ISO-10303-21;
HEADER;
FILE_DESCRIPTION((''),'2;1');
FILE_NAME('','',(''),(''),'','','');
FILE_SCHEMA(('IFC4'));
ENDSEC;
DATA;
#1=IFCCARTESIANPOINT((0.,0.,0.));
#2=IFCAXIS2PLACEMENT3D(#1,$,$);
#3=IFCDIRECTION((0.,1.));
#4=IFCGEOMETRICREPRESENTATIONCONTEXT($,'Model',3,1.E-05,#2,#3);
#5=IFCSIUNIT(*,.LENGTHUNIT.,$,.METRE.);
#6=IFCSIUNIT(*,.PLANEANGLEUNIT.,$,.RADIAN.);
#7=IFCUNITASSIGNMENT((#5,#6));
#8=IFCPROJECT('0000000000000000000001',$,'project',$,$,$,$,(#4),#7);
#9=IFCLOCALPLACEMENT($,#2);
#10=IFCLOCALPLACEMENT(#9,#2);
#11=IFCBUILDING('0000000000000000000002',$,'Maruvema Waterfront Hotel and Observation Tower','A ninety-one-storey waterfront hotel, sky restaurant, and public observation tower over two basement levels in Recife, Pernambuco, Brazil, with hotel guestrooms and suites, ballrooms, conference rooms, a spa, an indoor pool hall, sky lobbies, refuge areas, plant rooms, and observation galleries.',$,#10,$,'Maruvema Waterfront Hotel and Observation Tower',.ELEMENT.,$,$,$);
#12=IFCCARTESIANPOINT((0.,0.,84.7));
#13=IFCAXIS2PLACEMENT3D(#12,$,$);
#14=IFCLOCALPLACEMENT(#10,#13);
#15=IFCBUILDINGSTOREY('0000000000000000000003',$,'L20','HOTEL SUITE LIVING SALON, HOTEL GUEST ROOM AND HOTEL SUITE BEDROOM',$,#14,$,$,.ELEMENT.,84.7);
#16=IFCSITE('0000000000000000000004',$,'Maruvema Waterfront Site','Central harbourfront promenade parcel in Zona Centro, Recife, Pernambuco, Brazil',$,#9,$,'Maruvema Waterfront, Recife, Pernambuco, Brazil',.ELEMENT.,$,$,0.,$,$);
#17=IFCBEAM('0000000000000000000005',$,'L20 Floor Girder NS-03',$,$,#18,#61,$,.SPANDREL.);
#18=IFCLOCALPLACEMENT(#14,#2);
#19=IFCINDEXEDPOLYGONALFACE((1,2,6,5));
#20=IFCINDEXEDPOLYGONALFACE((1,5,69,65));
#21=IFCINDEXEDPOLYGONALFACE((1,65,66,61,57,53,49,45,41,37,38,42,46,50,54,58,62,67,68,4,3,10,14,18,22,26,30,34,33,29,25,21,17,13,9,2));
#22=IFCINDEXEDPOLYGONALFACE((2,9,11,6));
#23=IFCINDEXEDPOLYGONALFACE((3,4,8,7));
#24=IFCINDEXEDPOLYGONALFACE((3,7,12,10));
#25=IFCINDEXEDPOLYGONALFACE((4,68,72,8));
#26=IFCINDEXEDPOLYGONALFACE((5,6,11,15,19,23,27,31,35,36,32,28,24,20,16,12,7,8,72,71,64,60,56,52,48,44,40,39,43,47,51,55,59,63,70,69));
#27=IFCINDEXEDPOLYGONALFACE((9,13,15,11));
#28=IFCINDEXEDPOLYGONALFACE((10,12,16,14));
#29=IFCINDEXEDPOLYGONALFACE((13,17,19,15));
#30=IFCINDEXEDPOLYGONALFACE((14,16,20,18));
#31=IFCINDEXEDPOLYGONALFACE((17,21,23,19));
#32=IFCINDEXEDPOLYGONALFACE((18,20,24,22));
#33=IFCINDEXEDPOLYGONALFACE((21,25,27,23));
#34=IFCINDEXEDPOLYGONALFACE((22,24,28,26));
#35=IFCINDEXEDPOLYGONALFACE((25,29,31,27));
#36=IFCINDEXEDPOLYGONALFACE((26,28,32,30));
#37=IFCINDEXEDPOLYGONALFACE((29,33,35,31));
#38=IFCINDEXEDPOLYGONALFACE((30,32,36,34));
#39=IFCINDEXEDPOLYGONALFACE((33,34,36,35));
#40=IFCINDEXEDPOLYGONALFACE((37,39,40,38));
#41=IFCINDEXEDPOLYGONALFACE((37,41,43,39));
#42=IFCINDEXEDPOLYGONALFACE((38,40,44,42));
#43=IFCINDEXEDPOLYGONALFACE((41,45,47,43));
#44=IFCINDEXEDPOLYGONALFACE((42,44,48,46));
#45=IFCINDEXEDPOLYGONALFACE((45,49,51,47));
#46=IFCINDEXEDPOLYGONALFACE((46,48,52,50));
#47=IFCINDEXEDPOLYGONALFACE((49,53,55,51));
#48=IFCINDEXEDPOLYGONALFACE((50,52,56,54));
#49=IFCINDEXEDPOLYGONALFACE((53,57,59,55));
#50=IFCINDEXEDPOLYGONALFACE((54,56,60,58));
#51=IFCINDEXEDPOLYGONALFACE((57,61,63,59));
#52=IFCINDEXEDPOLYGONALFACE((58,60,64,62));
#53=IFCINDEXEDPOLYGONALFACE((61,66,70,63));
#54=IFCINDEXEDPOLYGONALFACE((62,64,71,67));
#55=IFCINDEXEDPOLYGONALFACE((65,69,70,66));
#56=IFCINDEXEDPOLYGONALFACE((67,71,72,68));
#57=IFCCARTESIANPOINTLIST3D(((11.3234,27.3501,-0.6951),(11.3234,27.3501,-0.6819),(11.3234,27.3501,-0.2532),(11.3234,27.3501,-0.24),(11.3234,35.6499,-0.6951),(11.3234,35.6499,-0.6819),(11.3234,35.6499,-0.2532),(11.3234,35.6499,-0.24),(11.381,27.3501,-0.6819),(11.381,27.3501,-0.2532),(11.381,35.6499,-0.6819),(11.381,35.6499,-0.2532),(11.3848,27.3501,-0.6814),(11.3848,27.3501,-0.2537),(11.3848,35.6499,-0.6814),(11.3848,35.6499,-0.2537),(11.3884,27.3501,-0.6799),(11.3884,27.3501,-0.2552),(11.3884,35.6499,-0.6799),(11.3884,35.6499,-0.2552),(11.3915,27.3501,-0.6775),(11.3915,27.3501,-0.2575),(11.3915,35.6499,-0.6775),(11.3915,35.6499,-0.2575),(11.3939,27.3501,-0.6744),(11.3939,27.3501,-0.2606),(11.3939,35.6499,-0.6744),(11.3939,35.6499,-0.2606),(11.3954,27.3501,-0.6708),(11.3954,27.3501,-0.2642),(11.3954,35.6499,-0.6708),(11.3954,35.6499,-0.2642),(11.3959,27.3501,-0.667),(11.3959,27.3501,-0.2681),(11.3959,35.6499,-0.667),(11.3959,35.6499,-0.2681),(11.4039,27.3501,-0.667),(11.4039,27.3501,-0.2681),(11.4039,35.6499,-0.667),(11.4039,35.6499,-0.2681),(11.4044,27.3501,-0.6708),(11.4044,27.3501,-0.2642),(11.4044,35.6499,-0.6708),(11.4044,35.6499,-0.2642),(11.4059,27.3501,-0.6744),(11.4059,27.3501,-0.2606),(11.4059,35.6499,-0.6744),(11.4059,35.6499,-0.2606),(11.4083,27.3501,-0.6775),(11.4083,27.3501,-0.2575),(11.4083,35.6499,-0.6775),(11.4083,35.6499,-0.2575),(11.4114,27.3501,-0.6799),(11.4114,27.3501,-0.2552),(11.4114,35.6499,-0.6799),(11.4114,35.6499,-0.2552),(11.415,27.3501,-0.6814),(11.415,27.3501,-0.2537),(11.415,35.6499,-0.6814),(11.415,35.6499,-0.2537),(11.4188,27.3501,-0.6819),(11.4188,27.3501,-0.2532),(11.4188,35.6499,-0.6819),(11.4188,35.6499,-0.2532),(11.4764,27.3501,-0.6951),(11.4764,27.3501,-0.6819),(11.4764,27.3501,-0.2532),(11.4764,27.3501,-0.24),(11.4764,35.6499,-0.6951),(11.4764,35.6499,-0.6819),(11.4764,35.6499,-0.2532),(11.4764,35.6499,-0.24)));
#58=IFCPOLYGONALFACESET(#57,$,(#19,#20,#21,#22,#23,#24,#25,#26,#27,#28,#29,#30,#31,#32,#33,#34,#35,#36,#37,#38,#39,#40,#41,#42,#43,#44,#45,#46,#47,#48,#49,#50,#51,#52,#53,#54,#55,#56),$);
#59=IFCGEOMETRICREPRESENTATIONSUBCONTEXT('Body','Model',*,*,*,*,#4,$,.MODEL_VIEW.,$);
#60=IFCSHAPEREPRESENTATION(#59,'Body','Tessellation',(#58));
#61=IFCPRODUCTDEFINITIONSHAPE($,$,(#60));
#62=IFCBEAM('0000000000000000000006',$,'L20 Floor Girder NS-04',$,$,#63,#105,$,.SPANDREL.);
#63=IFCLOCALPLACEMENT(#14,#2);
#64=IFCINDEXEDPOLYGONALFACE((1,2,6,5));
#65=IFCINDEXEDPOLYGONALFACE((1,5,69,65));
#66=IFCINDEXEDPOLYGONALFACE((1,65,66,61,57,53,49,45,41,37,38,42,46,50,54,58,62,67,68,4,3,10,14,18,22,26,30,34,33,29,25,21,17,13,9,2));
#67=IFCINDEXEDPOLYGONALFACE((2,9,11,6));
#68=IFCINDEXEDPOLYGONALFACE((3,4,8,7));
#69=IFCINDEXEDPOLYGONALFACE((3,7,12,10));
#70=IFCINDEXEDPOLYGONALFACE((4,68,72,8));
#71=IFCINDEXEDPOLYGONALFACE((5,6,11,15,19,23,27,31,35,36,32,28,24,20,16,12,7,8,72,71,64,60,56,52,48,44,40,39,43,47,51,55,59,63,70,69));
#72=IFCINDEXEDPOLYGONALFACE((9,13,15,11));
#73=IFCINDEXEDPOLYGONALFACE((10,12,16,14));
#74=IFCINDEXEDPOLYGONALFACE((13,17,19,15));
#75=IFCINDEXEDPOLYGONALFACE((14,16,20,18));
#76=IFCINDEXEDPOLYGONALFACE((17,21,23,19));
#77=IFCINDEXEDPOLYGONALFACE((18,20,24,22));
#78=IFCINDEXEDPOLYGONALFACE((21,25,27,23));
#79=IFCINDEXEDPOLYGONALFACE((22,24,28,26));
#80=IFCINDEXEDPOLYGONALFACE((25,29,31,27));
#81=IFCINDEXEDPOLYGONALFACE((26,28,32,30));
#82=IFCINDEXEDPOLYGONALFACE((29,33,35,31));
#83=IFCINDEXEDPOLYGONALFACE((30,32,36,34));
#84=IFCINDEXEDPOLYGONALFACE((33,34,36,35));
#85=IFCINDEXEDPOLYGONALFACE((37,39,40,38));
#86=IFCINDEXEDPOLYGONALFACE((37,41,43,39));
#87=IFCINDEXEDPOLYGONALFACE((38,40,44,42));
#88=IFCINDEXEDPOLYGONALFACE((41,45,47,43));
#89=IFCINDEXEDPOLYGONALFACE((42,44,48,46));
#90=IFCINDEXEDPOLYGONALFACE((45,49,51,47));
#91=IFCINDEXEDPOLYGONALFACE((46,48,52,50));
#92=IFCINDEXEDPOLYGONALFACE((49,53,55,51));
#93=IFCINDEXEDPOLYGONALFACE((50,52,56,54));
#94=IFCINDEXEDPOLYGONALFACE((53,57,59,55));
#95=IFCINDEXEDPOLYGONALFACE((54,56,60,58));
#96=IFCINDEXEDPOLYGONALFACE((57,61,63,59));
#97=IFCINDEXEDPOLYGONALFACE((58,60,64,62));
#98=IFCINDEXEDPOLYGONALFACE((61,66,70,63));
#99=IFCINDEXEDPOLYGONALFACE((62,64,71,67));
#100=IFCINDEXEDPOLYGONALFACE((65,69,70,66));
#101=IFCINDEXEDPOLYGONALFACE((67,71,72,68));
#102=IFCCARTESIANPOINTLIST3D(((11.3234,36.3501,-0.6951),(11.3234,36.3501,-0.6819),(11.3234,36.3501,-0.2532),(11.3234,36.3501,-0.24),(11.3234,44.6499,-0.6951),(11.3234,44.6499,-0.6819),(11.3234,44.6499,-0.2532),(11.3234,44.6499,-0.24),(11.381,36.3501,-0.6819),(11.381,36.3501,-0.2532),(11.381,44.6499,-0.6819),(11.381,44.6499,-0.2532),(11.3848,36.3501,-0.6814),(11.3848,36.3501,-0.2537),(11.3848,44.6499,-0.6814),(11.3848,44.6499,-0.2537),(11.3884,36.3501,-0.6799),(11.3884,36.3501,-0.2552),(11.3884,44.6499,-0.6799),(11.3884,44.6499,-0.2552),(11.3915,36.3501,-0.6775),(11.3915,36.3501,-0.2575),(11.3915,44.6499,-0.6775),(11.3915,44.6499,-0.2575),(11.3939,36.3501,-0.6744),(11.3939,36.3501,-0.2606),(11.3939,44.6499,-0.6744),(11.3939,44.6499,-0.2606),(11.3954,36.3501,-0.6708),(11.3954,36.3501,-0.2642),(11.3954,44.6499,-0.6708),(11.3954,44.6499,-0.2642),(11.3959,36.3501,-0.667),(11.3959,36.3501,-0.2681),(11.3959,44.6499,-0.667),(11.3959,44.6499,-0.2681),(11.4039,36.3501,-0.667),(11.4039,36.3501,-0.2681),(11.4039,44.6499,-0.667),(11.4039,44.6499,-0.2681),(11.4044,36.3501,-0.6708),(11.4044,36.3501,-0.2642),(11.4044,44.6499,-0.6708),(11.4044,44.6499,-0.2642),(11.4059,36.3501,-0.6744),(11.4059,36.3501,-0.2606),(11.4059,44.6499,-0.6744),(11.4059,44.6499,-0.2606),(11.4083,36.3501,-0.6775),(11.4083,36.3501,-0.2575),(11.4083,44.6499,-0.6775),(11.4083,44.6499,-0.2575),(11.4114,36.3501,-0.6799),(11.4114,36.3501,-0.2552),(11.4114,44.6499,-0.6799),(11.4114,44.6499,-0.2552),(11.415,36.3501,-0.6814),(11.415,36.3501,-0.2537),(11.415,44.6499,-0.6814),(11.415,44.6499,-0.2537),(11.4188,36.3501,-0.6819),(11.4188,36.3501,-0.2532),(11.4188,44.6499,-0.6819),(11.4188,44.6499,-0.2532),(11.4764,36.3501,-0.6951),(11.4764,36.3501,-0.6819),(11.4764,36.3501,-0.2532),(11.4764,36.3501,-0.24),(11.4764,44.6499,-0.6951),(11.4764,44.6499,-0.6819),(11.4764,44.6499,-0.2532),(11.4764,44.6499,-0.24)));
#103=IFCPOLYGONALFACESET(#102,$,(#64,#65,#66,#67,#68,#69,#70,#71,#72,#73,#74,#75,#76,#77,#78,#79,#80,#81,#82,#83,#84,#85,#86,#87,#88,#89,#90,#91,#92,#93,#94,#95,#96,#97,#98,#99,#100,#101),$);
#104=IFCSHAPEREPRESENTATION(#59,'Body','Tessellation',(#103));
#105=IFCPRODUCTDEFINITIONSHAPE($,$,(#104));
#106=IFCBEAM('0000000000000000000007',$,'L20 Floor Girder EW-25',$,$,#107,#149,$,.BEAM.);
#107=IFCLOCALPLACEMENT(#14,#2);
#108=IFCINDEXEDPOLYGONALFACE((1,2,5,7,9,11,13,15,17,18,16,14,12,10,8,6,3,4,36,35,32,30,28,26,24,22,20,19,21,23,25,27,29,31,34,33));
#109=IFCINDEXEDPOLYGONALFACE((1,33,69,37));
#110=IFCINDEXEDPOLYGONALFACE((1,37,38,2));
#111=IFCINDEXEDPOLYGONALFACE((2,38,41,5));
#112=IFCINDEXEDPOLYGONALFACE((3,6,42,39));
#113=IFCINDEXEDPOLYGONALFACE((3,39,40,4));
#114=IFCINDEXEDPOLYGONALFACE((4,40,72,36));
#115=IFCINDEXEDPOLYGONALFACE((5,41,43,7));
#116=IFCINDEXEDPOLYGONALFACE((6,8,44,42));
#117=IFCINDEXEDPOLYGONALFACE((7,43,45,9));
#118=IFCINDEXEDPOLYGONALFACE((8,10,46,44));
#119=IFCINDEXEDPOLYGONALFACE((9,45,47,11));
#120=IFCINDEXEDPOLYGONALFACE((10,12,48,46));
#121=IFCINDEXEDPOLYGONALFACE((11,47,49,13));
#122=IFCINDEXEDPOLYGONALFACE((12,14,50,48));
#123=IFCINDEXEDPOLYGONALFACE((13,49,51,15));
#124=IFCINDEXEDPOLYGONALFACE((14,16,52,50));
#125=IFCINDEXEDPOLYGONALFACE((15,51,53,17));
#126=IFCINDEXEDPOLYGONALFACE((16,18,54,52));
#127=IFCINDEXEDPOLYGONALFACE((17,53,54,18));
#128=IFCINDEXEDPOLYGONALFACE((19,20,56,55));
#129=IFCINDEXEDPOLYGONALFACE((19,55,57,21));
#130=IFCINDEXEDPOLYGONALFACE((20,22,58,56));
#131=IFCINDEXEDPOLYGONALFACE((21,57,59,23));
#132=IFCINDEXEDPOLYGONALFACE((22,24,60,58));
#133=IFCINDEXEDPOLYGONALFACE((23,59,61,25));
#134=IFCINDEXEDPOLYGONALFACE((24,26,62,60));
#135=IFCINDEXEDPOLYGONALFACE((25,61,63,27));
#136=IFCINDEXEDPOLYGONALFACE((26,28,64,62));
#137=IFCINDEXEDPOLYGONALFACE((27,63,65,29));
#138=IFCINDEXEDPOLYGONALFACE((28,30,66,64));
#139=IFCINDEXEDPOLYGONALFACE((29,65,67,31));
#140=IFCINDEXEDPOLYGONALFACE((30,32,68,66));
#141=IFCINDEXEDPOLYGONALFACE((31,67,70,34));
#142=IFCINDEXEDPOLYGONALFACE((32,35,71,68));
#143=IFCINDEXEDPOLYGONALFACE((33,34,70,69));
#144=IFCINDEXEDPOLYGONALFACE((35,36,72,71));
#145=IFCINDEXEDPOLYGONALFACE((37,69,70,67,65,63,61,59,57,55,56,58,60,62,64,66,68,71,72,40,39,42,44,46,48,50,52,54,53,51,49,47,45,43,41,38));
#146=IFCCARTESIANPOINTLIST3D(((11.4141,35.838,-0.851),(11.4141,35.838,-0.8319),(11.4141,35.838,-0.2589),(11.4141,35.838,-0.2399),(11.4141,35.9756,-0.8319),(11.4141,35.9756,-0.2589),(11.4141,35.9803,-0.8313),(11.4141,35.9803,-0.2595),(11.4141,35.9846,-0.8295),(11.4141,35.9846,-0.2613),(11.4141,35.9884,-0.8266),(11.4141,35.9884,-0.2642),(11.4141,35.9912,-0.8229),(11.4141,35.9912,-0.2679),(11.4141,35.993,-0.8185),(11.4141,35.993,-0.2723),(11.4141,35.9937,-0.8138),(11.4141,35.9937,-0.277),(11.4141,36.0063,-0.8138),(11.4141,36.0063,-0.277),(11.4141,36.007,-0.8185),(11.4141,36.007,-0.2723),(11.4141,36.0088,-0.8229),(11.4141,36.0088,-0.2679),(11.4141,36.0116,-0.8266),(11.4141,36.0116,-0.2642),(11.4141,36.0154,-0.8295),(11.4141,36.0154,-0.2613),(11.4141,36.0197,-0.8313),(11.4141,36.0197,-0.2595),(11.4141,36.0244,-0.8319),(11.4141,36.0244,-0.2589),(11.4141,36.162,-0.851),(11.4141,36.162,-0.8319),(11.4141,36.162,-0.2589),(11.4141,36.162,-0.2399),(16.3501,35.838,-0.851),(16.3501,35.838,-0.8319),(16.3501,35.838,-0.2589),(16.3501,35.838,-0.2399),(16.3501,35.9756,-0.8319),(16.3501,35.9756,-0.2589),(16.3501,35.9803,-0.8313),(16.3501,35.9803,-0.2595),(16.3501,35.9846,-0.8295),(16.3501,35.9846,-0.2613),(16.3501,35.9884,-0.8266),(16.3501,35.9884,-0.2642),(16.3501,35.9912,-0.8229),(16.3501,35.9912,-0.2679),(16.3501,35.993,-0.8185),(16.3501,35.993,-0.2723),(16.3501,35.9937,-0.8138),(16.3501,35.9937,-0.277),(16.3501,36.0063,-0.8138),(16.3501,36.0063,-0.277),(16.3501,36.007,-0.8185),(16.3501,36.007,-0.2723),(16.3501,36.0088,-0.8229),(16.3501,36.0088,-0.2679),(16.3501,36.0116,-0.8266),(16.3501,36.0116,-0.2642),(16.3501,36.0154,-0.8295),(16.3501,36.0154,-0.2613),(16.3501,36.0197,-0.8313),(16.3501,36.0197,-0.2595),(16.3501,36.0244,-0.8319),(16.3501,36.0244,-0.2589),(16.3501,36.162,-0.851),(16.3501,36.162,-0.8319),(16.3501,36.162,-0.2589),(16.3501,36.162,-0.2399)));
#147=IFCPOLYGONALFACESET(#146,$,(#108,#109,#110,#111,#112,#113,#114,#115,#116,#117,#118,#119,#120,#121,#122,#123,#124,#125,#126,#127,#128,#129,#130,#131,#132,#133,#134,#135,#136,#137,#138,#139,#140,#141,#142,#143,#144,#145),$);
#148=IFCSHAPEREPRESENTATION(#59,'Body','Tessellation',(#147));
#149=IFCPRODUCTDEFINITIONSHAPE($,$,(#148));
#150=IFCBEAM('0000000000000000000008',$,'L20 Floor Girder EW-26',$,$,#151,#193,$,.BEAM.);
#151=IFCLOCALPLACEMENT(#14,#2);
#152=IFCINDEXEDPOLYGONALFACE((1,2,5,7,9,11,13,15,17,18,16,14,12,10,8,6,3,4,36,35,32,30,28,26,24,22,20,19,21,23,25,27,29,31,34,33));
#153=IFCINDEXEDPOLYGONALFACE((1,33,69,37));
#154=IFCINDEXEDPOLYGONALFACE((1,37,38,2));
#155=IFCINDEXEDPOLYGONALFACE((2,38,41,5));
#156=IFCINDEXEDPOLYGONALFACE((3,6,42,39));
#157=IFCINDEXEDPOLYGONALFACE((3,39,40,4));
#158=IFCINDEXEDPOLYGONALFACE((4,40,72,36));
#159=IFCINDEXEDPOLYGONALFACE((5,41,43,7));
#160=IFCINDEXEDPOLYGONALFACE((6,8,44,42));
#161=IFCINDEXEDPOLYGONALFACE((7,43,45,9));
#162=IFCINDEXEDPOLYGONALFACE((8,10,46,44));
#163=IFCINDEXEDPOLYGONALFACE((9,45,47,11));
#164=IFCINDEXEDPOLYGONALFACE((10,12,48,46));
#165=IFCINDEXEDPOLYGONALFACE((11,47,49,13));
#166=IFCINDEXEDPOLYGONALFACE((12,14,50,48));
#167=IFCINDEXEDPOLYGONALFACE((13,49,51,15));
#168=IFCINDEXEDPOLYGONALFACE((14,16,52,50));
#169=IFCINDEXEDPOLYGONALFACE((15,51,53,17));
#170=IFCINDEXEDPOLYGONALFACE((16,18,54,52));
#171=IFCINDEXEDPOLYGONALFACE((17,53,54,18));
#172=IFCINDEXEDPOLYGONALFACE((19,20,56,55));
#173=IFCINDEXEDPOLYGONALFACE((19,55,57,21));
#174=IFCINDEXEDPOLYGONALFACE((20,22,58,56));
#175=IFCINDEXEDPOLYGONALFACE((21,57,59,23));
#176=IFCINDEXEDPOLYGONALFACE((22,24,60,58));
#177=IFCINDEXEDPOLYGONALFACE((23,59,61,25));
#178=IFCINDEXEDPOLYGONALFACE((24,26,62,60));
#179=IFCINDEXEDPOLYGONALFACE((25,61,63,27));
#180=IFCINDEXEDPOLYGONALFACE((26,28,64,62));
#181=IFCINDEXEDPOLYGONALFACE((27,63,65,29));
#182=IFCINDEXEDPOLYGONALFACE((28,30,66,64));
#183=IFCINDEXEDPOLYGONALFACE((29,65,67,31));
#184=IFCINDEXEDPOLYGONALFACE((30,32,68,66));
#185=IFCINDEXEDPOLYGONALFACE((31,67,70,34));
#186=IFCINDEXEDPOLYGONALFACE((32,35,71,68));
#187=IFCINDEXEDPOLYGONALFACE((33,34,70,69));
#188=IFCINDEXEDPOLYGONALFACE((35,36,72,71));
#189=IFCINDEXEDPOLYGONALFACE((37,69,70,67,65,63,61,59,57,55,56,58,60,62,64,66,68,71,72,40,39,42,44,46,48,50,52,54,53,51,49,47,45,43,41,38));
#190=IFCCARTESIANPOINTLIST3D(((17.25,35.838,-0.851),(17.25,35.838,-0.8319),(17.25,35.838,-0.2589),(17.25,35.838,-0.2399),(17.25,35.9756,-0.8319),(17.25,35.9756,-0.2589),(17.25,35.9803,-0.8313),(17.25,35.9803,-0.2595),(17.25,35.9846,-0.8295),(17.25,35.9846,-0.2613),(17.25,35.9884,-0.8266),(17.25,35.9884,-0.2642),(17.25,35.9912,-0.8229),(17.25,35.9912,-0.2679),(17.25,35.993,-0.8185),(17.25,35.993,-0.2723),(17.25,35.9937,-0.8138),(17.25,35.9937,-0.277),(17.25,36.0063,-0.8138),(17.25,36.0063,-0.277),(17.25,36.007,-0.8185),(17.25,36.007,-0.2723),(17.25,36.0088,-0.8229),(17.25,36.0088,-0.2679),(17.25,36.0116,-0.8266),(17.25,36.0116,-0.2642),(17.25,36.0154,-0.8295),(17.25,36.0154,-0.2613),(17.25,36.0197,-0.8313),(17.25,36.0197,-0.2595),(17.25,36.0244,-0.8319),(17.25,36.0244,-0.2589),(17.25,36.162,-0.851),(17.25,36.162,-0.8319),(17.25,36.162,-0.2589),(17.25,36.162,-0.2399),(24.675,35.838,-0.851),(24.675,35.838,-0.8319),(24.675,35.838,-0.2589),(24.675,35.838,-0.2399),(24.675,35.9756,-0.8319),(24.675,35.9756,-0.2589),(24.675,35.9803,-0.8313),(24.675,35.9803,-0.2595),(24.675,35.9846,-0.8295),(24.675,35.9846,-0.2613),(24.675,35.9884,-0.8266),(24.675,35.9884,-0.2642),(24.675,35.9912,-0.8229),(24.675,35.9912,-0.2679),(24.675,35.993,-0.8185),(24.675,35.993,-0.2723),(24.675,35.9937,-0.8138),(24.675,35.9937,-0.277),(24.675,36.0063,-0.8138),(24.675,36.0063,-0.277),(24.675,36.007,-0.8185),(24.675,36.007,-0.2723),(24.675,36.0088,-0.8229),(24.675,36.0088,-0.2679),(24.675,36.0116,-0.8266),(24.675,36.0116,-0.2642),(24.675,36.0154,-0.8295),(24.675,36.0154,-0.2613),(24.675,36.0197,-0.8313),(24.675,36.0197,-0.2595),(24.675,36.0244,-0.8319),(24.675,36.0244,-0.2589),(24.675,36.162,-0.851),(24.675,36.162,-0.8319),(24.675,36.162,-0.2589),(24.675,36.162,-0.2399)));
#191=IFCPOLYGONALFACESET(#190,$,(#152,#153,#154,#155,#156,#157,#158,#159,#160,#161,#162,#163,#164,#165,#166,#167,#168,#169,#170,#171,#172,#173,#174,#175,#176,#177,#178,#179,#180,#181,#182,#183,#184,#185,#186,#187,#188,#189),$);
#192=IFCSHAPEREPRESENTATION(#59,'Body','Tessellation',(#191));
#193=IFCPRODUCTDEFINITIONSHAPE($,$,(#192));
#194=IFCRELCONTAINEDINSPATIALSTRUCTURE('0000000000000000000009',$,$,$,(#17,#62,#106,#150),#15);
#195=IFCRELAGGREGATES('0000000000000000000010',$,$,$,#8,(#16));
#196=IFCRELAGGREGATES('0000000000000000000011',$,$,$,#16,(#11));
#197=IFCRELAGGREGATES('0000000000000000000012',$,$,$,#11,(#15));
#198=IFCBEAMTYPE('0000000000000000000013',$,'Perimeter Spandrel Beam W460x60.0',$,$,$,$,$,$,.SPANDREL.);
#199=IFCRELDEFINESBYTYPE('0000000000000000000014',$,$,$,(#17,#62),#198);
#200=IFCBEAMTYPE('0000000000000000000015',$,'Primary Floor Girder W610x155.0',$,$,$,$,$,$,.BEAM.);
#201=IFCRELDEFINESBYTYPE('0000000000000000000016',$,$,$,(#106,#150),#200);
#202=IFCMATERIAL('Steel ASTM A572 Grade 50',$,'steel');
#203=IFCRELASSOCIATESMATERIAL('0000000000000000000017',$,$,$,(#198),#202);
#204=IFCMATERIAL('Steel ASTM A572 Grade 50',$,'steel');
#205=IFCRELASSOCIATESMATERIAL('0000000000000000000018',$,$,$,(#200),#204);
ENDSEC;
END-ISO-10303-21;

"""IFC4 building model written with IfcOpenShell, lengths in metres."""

from ifc_helpers import new_model, si_unit, direction, frame, origin, origin_2d, place, context, subcontext, project, spatial, i_section, extrude, material, material_profile, profile_set, type_object, element, save


model = new_model("IFC4")

# Units and contexts
model_context = context("Model", 3, precision=1e-05, world=origin(), true_north=direction((0.0, 1.0)))
body_context = subcontext(model_context, "Body", "Model", "MODEL_VIEW")
ifc_project = project(units=[si_unit("LENGTHUNIT", "METRE"), si_unit("PLANEANGLEUNIT", "RADIAN")], contexts=[model_context])

# Site, building, storey
site_placement = place(None, origin())
site = spatial("IfcSite", under=ifc_project, at=site_placement, Name="Maruvema Waterfront Site", Description="Central harbourfront promenade parcel in Zona Centro, Recife, Pernambuco, Brazil", LongName="Maruvema Waterfront, Recife, Pernambuco, Brazil", CompositionType="ELEMENT", RefElevation=0.0)
building_placement = place(site_placement, origin())
building = spatial("IfcBuilding", under=site, at=building_placement, Name="Maruvema Waterfront Hotel and Observation Tower", Description="A ninety-one-storey waterfront hotel, sky restaurant, and public observation tower over two basement levels in Recife, Pernambuco, Brazil, with hotel guestrooms and suites, ballrooms, conference rooms, a spa, an indoor pool hall, sky lobbies, refuge areas, plant rooms, and observation galleries.", LongName="Maruvema Waterfront Hotel and Observation Tower", CompositionType="ELEMENT")
storey_placement = place(building_placement, frame((0.0, 0.0, 84.7)))
storey = spatial("IfcBuildingStorey", under=building, at=storey_placement, Name="L20", Description="HOTEL SUITE LIVING SALON, HOTEL GUEST ROOM AND HOTEL SUITE BEDROOM", CompositionType="ELEMENT", Elevation=84.7)

# Beams
ifc_material_1 = material(Name="Steel ASTM A572 Grade 50", Category="steel")
ifc_material_profile_1 = material_profile(ifc_material_1, i_section(OverallWidth=0.1531, OverallDepth=0.4551, WebThickness=0.0081, FlangeThickness=0.0132, FilletRadius=0.0149, at=origin_2d()), Name="W460x60.0")
ifc_profile_set_1 = profile_set([ifc_material_profile_1], Name="Steel ASTM A572 Grade 50")
beam_type_1 = type_object("IfcBeamType", Name="Perimeter Spandrel Beam W460x60.0", PredefinedType="SPANDREL", material=ifc_profile_set_1)
for number, where, z_axis, x_axis, name in (
    (1, (11.3999, 27.3501, -0.4675), (0.0, 1.0, 0.0), (-1.0, 0.0, 0.0), "L20 Floor Girder NS-03"),
    (2, (11.3999, 36.3501, -0.4675), (0.0, 1.0, 0.0), (-1.0, 0.0, 0.0), "L20 Floor Girder NS-04"),
):
    element("IfcBeam", number, at=place(storey_placement, frame(where, z_axis=z_axis, x_axis=x_axis)), inside=storey, type_object=beam_type_1, Name=name, PredefinedType="SPANDREL", context=body_context, shape_type="SweptSolid", body=[
        extrude(i_section(OverallWidth=0.1531, OverallDepth=0.4551, WebThickness=0.0081, FlangeThickness=0.0132, FilletRadius=0.0149, at=origin_2d()), origin(), (0.0, 0.0, 1.0), 8.2998),
    ])
ifc_material_2 = material(Name="Steel ASTM A572 Grade 50", Category="steel")
ifc_material_profile_2 = material_profile(ifc_material_2, i_section(OverallWidth=0.324, OverallDepth=0.6111, WebThickness=0.0127, FlangeThickness=0.019, FilletRadius=0.0181, at=origin_2d()), Name="W610x155.0")
ifc_profile_set_2 = profile_set([ifc_material_profile_2], Name="Steel ASTM A572 Grade 50")
beam_type_2 = type_object("IfcBeamType", Name="Primary Floor Girder W610x155.0", PredefinedType="BEAM", material=ifc_profile_set_2)
beam_1_placement = place(storey_placement, frame((11.4141, 36.0, -0.5454), z_axis=(1.0, 0.0, 0.0), x_axis=(0.0, 1.0, 0.0)))
element("IfcBeam", 3, at=beam_1_placement, inside=storey, type_object=beam_type_2, Name="L20 Floor Girder EW-25", PredefinedType="BEAM", context=body_context, shape_type="SweptSolid", body=[
    extrude(i_section(OverallWidth=0.324, OverallDepth=0.6111, WebThickness=0.0127, FlangeThickness=0.019, FilletRadius=0.0181, at=origin_2d()), origin(), (0.0, 0.0, 1.0), 4.936),
])
beam_2_placement = place(storey_placement, frame((17.25, 36.0, -0.5454), z_axis=(1.0, 0.0, 0.0), x_axis=(0.0, 1.0, 0.0)))
element("IfcBeam", 4, at=beam_2_placement, inside=storey, type_object=beam_type_2, Name="L20 Floor Girder EW-26", PredefinedType="BEAM", context=body_context, shape_type="SweptSolid", body=[
    extrude(i_section(OverallWidth=0.324, OverallDepth=0.6111, WebThickness=0.0127, FlangeThickness=0.019, FilletRadius=0.0181, at=origin_2d()), origin(), (0.0, 0.0, 1.0), 7.425),
])

save(model, "model.ifc")
